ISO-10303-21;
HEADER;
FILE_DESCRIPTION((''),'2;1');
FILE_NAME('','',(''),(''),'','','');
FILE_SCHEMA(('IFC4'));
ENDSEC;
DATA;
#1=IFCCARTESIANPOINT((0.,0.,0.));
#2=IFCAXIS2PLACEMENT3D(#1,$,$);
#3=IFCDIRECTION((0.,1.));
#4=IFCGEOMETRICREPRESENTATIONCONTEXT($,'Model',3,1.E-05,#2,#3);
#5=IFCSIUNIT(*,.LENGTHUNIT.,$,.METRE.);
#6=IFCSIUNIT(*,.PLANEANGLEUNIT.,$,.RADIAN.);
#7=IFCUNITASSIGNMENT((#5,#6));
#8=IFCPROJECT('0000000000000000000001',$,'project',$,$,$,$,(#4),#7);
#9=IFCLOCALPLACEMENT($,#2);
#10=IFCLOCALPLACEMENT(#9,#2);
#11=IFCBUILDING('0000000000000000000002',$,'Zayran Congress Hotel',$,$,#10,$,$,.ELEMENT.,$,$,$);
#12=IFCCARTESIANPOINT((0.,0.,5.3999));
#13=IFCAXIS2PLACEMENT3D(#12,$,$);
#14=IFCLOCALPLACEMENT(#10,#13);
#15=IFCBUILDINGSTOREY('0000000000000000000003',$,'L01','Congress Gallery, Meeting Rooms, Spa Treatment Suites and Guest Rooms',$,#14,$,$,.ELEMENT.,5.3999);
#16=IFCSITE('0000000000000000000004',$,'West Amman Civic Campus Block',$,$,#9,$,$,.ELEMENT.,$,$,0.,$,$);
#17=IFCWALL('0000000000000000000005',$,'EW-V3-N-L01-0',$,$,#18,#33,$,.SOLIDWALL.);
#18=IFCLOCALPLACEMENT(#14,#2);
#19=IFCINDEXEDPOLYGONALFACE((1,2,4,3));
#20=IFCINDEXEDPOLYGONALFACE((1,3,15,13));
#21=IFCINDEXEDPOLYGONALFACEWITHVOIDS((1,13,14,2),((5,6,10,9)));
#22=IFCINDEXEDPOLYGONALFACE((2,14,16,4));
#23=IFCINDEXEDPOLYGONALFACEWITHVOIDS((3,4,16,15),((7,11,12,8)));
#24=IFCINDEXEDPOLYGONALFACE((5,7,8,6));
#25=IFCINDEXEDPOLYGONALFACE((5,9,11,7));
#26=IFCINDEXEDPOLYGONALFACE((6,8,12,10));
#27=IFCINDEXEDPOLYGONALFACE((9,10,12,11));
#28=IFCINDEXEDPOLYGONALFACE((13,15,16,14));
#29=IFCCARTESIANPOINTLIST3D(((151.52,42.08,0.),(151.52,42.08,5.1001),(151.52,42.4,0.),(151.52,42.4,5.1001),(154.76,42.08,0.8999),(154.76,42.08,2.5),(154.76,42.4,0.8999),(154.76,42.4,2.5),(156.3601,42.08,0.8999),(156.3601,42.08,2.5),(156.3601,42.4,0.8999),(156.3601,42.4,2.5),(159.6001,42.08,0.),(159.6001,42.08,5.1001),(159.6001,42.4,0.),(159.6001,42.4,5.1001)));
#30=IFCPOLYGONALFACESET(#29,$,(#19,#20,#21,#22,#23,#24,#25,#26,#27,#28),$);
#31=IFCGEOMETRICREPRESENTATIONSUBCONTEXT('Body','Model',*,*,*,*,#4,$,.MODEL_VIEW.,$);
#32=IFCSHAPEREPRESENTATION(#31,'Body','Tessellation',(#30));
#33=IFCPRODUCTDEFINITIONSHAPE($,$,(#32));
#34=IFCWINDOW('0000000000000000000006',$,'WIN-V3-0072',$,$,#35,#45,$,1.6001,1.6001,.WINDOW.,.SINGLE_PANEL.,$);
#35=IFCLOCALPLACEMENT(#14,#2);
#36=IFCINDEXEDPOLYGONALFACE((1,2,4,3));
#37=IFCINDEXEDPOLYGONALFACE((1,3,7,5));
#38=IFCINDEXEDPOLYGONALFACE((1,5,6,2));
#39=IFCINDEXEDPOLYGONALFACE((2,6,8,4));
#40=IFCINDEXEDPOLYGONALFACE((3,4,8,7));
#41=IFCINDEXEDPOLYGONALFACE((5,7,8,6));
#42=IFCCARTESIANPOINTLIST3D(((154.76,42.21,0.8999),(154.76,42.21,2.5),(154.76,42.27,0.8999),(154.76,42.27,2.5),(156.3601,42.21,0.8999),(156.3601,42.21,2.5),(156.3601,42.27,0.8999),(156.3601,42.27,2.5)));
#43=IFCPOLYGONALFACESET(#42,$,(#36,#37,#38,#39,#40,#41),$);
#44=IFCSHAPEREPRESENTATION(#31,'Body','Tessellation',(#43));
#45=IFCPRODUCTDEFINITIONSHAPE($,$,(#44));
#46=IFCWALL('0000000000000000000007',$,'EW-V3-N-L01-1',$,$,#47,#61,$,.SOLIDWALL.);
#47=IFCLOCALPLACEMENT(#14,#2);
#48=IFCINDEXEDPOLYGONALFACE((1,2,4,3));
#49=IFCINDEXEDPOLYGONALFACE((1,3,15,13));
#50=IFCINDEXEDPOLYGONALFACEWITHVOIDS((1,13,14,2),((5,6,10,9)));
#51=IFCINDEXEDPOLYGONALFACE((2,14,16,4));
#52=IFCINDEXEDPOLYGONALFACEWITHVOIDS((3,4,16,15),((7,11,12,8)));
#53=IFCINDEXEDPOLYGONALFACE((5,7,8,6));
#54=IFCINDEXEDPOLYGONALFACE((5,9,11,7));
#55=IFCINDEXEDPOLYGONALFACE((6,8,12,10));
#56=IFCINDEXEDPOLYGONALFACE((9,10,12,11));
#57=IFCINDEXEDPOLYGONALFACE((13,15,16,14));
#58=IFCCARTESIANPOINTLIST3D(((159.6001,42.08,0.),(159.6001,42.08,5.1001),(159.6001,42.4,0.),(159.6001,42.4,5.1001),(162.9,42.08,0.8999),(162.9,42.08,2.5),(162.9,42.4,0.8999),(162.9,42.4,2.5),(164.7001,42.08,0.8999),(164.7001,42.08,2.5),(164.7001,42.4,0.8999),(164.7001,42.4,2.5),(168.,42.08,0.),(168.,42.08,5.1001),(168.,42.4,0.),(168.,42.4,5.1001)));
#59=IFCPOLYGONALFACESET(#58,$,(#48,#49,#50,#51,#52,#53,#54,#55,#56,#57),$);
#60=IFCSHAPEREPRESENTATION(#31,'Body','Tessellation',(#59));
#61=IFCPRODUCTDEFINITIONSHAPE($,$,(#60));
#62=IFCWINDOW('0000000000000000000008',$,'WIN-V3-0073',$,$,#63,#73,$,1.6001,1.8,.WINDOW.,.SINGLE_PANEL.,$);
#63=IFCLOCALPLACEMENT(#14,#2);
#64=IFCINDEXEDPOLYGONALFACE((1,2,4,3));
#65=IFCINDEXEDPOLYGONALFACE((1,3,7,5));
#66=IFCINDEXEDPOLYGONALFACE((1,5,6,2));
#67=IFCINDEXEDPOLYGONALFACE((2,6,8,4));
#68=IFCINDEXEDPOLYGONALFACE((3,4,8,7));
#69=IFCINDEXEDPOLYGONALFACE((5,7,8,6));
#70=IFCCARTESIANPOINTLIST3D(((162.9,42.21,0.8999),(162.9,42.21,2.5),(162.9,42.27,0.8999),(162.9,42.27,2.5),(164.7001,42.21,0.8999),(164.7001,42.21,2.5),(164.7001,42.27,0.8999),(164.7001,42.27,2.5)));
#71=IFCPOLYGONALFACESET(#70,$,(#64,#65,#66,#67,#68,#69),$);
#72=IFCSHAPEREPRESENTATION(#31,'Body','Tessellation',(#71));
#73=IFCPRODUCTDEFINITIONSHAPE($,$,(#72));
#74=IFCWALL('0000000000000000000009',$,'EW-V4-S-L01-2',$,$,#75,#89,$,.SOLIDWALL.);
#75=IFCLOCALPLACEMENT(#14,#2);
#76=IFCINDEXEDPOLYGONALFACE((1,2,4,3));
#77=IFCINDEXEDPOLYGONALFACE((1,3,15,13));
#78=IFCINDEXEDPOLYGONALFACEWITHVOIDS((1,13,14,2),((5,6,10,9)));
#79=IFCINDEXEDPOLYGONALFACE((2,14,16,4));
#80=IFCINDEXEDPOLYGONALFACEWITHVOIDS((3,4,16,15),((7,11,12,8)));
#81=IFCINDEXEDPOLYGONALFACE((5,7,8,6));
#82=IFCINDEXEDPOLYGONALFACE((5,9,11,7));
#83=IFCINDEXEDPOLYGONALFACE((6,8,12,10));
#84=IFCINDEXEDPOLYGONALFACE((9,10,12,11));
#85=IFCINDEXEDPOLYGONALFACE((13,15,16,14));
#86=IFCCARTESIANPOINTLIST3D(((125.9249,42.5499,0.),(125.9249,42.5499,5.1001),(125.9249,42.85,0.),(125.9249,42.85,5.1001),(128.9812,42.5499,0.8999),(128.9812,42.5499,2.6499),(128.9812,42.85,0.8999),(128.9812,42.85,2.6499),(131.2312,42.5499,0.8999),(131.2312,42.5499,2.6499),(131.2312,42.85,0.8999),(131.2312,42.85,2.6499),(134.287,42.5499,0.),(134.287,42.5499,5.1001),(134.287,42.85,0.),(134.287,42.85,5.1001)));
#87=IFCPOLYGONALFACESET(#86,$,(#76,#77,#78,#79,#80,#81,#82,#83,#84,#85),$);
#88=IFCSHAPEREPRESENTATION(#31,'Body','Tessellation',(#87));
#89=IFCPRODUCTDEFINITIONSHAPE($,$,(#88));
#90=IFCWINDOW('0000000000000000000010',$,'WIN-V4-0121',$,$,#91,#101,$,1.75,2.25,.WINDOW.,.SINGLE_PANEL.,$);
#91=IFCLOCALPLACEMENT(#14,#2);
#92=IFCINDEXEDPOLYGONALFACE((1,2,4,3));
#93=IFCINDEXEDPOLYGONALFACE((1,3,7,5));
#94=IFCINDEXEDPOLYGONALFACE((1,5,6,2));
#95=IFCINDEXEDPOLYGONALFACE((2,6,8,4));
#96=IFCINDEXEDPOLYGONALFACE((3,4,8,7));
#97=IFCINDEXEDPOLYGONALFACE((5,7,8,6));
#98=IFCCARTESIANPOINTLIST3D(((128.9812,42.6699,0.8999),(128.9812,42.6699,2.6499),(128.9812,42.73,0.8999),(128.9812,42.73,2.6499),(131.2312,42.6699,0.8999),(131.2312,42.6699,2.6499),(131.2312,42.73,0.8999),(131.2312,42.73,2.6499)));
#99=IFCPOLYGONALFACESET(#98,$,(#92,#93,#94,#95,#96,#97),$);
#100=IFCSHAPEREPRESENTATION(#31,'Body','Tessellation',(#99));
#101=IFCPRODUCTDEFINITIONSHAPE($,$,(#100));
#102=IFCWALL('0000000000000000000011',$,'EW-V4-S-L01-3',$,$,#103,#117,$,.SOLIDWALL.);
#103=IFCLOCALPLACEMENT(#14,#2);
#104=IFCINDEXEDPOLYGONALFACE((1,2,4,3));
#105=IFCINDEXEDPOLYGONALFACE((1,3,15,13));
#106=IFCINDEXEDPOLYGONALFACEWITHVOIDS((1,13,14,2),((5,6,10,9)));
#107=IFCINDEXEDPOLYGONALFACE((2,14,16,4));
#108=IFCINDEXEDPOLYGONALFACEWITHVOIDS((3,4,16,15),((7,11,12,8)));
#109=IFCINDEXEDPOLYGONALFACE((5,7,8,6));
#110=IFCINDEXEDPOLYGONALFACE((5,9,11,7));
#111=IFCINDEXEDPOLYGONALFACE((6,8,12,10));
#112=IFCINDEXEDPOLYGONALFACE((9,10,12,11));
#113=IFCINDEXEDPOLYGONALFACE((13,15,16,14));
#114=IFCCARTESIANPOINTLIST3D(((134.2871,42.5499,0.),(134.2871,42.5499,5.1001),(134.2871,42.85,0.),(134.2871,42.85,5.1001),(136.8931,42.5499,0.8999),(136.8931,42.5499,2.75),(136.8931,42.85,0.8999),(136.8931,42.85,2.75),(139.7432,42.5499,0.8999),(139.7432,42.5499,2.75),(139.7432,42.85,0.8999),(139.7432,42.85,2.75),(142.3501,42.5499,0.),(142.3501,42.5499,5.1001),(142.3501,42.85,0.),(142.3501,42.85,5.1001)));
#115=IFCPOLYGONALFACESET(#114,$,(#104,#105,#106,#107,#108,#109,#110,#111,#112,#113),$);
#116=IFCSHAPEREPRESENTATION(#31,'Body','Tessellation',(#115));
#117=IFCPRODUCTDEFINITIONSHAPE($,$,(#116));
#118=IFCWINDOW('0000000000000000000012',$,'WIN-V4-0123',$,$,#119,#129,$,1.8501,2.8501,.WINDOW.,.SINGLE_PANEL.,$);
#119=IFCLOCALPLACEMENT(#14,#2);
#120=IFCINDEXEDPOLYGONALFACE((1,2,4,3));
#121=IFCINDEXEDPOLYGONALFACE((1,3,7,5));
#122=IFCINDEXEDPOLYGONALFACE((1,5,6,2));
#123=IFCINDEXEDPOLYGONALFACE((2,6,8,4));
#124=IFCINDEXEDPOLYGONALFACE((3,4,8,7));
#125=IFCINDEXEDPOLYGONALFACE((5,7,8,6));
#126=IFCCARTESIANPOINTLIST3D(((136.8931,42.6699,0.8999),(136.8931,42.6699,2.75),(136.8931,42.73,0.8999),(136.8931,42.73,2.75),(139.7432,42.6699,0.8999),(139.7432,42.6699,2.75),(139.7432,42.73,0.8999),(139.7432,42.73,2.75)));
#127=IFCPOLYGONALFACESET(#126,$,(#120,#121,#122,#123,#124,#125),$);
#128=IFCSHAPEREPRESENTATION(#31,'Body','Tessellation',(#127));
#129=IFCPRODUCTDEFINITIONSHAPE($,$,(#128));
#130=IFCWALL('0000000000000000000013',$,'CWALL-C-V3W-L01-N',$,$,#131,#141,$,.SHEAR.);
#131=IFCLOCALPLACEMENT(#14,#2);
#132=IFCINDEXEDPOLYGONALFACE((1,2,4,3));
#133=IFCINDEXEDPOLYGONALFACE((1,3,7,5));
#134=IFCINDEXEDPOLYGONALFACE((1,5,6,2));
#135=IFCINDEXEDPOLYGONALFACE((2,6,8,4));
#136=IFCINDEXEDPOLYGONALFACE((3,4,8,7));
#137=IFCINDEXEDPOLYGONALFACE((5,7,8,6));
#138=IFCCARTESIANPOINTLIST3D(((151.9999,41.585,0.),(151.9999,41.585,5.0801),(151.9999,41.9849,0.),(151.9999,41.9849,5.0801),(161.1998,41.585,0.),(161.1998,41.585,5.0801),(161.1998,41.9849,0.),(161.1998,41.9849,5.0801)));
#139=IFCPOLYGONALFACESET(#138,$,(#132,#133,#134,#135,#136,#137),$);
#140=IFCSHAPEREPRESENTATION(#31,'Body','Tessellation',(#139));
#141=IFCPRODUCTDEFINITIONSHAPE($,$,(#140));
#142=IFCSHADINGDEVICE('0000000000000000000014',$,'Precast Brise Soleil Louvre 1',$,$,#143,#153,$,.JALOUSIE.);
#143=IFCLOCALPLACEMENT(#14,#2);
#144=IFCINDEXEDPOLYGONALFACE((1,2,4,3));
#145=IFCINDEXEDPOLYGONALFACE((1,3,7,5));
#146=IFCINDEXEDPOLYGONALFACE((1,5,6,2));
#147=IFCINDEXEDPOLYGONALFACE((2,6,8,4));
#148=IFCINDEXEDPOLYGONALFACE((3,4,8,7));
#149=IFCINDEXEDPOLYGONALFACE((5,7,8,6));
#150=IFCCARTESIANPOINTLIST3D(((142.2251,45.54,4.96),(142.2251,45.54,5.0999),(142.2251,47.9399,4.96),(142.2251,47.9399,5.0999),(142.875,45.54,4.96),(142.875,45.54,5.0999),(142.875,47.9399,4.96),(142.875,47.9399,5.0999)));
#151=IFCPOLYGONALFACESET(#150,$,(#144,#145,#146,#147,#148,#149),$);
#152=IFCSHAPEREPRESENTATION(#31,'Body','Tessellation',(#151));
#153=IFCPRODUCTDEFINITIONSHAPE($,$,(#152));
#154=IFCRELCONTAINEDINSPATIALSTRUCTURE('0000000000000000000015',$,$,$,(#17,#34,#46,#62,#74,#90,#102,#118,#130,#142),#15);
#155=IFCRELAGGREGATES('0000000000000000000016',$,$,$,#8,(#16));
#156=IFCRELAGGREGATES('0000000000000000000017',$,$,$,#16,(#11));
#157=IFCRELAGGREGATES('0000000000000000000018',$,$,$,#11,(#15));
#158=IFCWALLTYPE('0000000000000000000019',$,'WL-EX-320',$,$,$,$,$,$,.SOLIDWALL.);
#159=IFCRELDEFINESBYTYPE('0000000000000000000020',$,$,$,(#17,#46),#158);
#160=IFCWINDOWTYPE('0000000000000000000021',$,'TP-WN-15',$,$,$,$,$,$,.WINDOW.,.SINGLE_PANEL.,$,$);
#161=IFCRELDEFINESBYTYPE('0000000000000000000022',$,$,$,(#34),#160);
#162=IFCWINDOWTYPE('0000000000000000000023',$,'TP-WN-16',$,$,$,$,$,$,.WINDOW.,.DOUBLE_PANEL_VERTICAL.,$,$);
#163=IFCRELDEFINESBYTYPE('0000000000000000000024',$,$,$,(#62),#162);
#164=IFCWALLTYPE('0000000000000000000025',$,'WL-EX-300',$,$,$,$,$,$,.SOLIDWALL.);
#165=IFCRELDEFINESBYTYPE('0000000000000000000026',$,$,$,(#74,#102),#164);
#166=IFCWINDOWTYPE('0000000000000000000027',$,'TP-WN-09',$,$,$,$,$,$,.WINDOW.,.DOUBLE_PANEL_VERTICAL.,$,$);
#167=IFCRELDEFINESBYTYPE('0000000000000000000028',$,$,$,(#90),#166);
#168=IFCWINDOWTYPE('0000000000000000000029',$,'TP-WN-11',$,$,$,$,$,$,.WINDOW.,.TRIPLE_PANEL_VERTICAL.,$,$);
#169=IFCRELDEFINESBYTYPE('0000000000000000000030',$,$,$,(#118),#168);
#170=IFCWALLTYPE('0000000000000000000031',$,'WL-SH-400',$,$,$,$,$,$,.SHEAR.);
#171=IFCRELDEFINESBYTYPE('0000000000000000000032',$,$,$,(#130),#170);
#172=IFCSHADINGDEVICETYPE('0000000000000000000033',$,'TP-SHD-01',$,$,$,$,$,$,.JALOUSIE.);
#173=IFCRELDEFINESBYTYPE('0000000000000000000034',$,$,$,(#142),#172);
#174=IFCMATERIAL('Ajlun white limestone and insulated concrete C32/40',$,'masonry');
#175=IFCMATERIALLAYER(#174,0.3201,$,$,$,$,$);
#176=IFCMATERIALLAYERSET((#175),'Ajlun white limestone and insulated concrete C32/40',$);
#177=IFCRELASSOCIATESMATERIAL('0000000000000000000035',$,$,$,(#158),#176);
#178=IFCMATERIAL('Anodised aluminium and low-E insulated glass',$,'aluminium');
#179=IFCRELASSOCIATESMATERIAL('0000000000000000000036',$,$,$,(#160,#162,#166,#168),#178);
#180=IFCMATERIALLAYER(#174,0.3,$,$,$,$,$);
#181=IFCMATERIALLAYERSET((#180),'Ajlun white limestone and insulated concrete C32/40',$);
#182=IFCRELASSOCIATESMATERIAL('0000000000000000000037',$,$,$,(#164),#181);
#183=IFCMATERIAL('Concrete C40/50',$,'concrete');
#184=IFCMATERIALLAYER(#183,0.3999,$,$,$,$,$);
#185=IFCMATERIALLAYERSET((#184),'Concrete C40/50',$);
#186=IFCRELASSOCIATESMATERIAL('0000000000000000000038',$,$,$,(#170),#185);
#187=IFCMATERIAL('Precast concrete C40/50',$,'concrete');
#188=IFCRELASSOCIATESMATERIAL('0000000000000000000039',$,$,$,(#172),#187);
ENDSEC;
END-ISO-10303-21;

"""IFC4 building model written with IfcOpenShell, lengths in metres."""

from ifc_helpers import new_model, si_unit, direction, frame, frame_2d, origin, origin_2d, place, context, subcontext, project, spatial, rectangle, extrude, material, layer, layer_set, type_object, element, fill, save


model = new_model("IFC4")

# Units and contexts
model_context = context("Model", 3, precision=1e-05, world=origin(), true_north=direction((0.0, 1.0)))
body_context = subcontext(model_context, "Body", "Model", "MODEL_VIEW")
ifc_project = project(units=[si_unit("LENGTHUNIT", "METRE"), si_unit("PLANEANGLEUNIT", "RADIAN")], contexts=[model_context])

# Site, building, storey
site_placement = place(None, origin())
site = spatial("IfcSite", under=ifc_project, at=site_placement, Name="West Amman Civic Campus Block", CompositionType="ELEMENT", RefElevation=0.0)
building_placement = place(site_placement, origin())
building = spatial("IfcBuilding", under=site, at=building_placement, Name="Zayran Congress Hotel", CompositionType="ELEMENT")
storey_placement = place(building_placement, frame((0.0, 0.0, 5.3999)))
storey = spatial("IfcBuildingStorey", under=building, at=storey_placement, Name="L01", Description="Congress Gallery, Meeting Rooms, Spa Treatment Suites and Guest Rooms", CompositionType="ELEMENT", Elevation=5.3999)

# Shared definitions
ifc_material_1 = material(Name="Concrete C40/50", Category="concrete")

# Walls, openings, windows
ifc_material_2 = material(Name="Ajlun white limestone and insulated concrete C32/40", Category="masonry")
ifc_layer_1 = layer(ifc_material_2, 0.3201)
ifc_layer_set_1 = layer_set([ifc_layer_1], Name="Ajlun white limestone and insulated concrete C32/40")
wall_type_1 = type_object("IfcWallType", Name="WL-EX-320", PredefinedType="SOLIDWALL", material=ifc_layer_set_1)
wall_1_placement = place(storey_placement, frame((151.52, 42.24, 0.0), z_axis=(0.0, 0.0, 1.0), x_axis=(1.0, 0.0, 0.0)))
wall_1 = element("IfcWall", 1, at=wall_1_placement, inside=storey, type_object=wall_type_1, Name="EW-V3-N-L01-0", PredefinedType="SOLIDWALL", context=body_context, shape_type="SweptSolid", body=[
    extrude(rectangle(XDim=8.0801, YDim=0.3201, at=frame_2d((4.04, 0.0))), origin(), (0.0, 0.0, 1.0), 5.1001),
])
opening_1_placement = place(wall_1_placement, frame((3.24, 0.0, 0.8999)))
opening_1 = element("IfcOpeningElement", 2, at=opening_1_placement, cuts=wall_1, PredefinedType="OPENING", context=body_context, shape_type="SweptSolid", body=[
    extrude(rectangle(XDim=1.6001, YDim=1.6001, at=frame_2d((0.8, 0.8))), frame((0.0, 0.1699, 0.0), z_axis=(0.0, -1.0, 0.0), x_axis=(1.0, 0.0, 0.0)), (0.0, 0.0, 1.0), 0.3401),
])
ifc_material_3 = material(Name="Anodised aluminium and low-E insulated glass", Category="aluminium")
window_type_1 = type_object("IfcWindowType", Name="TP-WN-15", PartitioningType="SINGLE_PANEL", PredefinedType="WINDOW", material=ifc_material_3)
window_1_placement = place(opening_1_placement, origin())
window_1 = element("IfcWindow", 3, at=window_1_placement, inside=storey, type_object=window_type_1, Name="WIN-V3-0072", OverallHeight=1.6001, OverallWidth=1.6001, PartitioningType="SINGLE_PANEL", PredefinedType="WINDOW", context=body_context, shape_type="SweptSolid", body=[
    extrude(rectangle(XDim=1.6001, YDim=1.6001, at=frame_2d((0.8, 0.8))), frame((0.0, 0.03, 0.0), z_axis=(0.0, -1.0, 0.0), x_axis=(1.0, 0.0, 0.0)), (0.0, 0.0, 1.0), 0.0601),
])
fill(opening_1, window_1)
wall_2_placement = place(storey_placement, frame((159.6001, 42.24, 0.0), z_axis=(0.0, 0.0, 1.0), x_axis=(1.0, 0.0, 0.0)))
wall_2 = element("IfcWall", 4, at=wall_2_placement, inside=storey, type_object=wall_type_1, Name="EW-V3-N-L01-1", PredefinedType="SOLIDWALL", context=body_context, shape_type="SweptSolid", body=[
    extrude(rectangle(XDim=8.3999, YDim=0.3201, at=frame_2d((4.2, 0.0))), origin(), (0.0, 0.0, 1.0), 5.1001),
])
opening_2_placement = place(wall_2_placement, frame((3.3, 0.0, 0.8999)))
opening_2 = element("IfcOpeningElement", 5, at=opening_2_placement, cuts=wall_2, PredefinedType="OPENING", context=body_context, shape_type="SweptSolid", body=[
    extrude(rectangle(XDim=1.8, YDim=1.6001, at=frame_2d((0.8999, 0.8))), frame((0.0, 0.1699, 0.0), z_axis=(0.0, -1.0, 0.0), x_axis=(1.0, 0.0, 0.0)), (0.0, 0.0, 1.0), 0.3401),
])
window_type_2 = type_object("IfcWindowType", Name="TP-WN-16", PartitioningType="DOUBLE_PANEL_VERTICAL", PredefinedType="WINDOW", material=ifc_material_3)
window_2_placement = place(opening_2_placement, origin())
window_2 = element("IfcWindow", 6, at=window_2_placement, inside=storey, type_object=window_type_2, Name="WIN-V3-0073", OverallHeight=1.6001, OverallWidth=1.8, PartitioningType="SINGLE_PANEL", PredefinedType="WINDOW", context=body_context, shape_type="SweptSolid", body=[
    extrude(rectangle(XDim=1.8, YDim=1.6001, at=frame_2d((0.8999, 0.8))), frame((0.0, 0.03, 0.0), z_axis=(0.0, -1.0, 0.0), x_axis=(1.0, 0.0, 0.0)), (0.0, 0.0, 1.0), 0.0601),
])
fill(opening_2, window_2)
ifc_layer_2 = layer(ifc_material_2, 0.3)
ifc_layer_set_2 = layer_set([ifc_layer_2], Name="Ajlun white limestone and insulated concrete C32/40")
wall_type_2 = type_object("IfcWallType", Name="WL-EX-300", PredefinedType="SOLIDWALL", material=ifc_layer_set_2)
wall_3_placement = place(storey_placement, frame((134.2871, 42.7, 0.0), z_axis=(0.0, 0.0, 1.0), x_axis=(-1.0, 0.0, 0.0)))
wall_3 = element("IfcWall", 7, at=wall_3_placement, inside=storey, type_object=wall_type_2, Name="EW-V4-S-L01-2", PredefinedType="SOLIDWALL", context=body_context, shape_type="SweptSolid", body=[
    extrude(rectangle(XDim=8.3621, YDim=0.3, at=frame_2d((4.1812, 0.0))), origin(), (0.0, 0.0, 1.0), 5.1001),
])
opening_3_placement = place(wall_3_placement, frame((3.0559, 0.0, 0.8999)))
opening_3 = element("IfcOpeningElement", 8, at=opening_3_placement, cuts=wall_3, PredefinedType="OPENING", context=body_context, shape_type="SweptSolid", body=[
    extrude(rectangle(XDim=2.25, YDim=1.75, at=frame_2d((1.125, 0.875))), frame((0.0, 0.1599, 0.0), z_axis=(0.0, -1.0, 0.0), x_axis=(1.0, 0.0, 0.0)), (0.0, 0.0, 1.0), 0.3201),
])
window_type_3 = type_object("IfcWindowType", Name="TP-WN-09", PartitioningType="DOUBLE_PANEL_VERTICAL", PredefinedType="WINDOW", material=ifc_material_3)
window_3_placement = place(opening_3_placement, origin())
window_3 = element("IfcWindow", 9, at=window_3_placement, inside=storey, type_object=window_type_3, Name="WIN-V4-0121", OverallHeight=1.75, OverallWidth=2.25, PartitioningType="SINGLE_PANEL", PredefinedType="WINDOW", context=body_context, shape_type="SweptSolid", body=[
    extrude(rectangle(XDim=2.25, YDim=1.75, at=frame_2d((1.125, 0.875))), frame((0.0, 0.03, 0.0), z_axis=(0.0, -1.0, 0.0), x_axis=(1.0, 0.0, 0.0)), (0.0, 0.0, 1.0), 0.0601),
])
fill(opening_3, window_3)
wall_4_placement = place(storey_placement, frame((142.3501, 42.7, 0.0), z_axis=(0.0, 0.0, 1.0), x_axis=(-1.0, 0.0, 0.0)))
wall_4 = element("IfcWall", 10, at=wall_4_placement, inside=storey, type_object=wall_type_2, Name="EW-V4-S-L01-3", PredefinedType="SOLIDWALL", context=body_context, shape_type="SweptSolid", body=[
    extrude(rectangle(XDim=8.063, YDim=0.3, at=frame_2d((4.0315, 0.0))), origin(), (0.0, 0.0, 1.0), 5.1001),
])
opening_4_placement = place(wall_4_placement, frame((2.6069, 0.0, 0.8999)))
opening_4 = element("IfcOpeningElement", 11, at=opening_4_placement, cuts=wall_4, PredefinedType="OPENING", context=body_context, shape_type="SweptSolid", body=[
    extrude(rectangle(XDim=2.8501, YDim=1.8501, at=frame_2d((1.425, 0.925))), frame((0.0, 0.1599, 0.0), z_axis=(0.0, -1.0, 0.0), x_axis=(1.0, 0.0, 0.0)), (0.0, 0.0, 1.0), 0.3201),
])
window_type_4 = type_object("IfcWindowType", Name="TP-WN-11", PartitioningType="TRIPLE_PANEL_VERTICAL", PredefinedType="WINDOW", material=ifc_material_3)
window_4_placement = place(opening_4_placement, origin())
window_4 = element("IfcWindow", 12, at=window_4_placement, inside=storey, type_object=window_type_4, Name="WIN-V4-0123", OverallHeight=1.8501, OverallWidth=2.8501, PartitioningType="SINGLE_PANEL", PredefinedType="WINDOW", context=body_context, shape_type="SweptSolid", body=[
    extrude(rectangle(XDim=2.8501, YDim=1.8501, at=frame_2d((1.425, 0.925))), frame((0.0, 0.03, 0.0), z_axis=(0.0, -1.0, 0.0), x_axis=(1.0, 0.0, 0.0)), (0.0, 0.0, 1.0), 0.0601),
])
fill(opening_4, window_4)

# Wall
ifc_layer_3 = layer(ifc_material_1, 0.3999)
ifc_layer_set_3 = layer_set([ifc_layer_3], Name="Concrete C40/50")
wall_type_3 = type_object("IfcWallType", Name="WL-SH-400", PredefinedType="SHEAR", material=ifc_layer_set_3)
wall_5_placement = place(storey_placement, frame((161.2, 41.7849, 0.0), z_axis=(0.0, 0.0, 1.0), x_axis=(-1.0, 0.0, 0.0)))
element("IfcWall", 13, at=wall_5_placement, inside=storey, type_object=wall_type_3, Name="CWALL-C-V3W-L01-N", PredefinedType="SHEAR", context=body_context, shape_type="SweptSolid", body=[
    extrude(rectangle(XDim=9.2, YDim=0.3999, at=frame_2d((4.6001, 0.0))), origin(), (0.0, 0.0, 1.0), 5.0801),
])

# Shading device
ifc_material_4 = material(Name="Precast concrete C40/50", Category="concrete")
shading_device_type = type_object("IfcShadingDeviceType", Name="TP-SHD-01", PredefinedType="JALOUSIE", material=ifc_material_4)
shading_device_placement = place(storey_placement, frame((142.55, 46.74, 4.96), z_axis=(0.0, 0.0, 1.0), x_axis=(0.0, 1.0, 0.0)))
element("IfcShadingDevice", 14, at=shading_device_placement, inside=storey, type_object=shading_device_type, Name="Precast Brise Soleil Louvre 1", PredefinedType="JALOUSIE", context=body_context, shape_type="SweptSolid", body=[
    extrude(rectangle(XDim=2.3999, YDim=0.6499, at=origin_2d()), origin(), (0.0, 0.0, 1.0), 0.1399),
])

save(model, "model.ifc")
